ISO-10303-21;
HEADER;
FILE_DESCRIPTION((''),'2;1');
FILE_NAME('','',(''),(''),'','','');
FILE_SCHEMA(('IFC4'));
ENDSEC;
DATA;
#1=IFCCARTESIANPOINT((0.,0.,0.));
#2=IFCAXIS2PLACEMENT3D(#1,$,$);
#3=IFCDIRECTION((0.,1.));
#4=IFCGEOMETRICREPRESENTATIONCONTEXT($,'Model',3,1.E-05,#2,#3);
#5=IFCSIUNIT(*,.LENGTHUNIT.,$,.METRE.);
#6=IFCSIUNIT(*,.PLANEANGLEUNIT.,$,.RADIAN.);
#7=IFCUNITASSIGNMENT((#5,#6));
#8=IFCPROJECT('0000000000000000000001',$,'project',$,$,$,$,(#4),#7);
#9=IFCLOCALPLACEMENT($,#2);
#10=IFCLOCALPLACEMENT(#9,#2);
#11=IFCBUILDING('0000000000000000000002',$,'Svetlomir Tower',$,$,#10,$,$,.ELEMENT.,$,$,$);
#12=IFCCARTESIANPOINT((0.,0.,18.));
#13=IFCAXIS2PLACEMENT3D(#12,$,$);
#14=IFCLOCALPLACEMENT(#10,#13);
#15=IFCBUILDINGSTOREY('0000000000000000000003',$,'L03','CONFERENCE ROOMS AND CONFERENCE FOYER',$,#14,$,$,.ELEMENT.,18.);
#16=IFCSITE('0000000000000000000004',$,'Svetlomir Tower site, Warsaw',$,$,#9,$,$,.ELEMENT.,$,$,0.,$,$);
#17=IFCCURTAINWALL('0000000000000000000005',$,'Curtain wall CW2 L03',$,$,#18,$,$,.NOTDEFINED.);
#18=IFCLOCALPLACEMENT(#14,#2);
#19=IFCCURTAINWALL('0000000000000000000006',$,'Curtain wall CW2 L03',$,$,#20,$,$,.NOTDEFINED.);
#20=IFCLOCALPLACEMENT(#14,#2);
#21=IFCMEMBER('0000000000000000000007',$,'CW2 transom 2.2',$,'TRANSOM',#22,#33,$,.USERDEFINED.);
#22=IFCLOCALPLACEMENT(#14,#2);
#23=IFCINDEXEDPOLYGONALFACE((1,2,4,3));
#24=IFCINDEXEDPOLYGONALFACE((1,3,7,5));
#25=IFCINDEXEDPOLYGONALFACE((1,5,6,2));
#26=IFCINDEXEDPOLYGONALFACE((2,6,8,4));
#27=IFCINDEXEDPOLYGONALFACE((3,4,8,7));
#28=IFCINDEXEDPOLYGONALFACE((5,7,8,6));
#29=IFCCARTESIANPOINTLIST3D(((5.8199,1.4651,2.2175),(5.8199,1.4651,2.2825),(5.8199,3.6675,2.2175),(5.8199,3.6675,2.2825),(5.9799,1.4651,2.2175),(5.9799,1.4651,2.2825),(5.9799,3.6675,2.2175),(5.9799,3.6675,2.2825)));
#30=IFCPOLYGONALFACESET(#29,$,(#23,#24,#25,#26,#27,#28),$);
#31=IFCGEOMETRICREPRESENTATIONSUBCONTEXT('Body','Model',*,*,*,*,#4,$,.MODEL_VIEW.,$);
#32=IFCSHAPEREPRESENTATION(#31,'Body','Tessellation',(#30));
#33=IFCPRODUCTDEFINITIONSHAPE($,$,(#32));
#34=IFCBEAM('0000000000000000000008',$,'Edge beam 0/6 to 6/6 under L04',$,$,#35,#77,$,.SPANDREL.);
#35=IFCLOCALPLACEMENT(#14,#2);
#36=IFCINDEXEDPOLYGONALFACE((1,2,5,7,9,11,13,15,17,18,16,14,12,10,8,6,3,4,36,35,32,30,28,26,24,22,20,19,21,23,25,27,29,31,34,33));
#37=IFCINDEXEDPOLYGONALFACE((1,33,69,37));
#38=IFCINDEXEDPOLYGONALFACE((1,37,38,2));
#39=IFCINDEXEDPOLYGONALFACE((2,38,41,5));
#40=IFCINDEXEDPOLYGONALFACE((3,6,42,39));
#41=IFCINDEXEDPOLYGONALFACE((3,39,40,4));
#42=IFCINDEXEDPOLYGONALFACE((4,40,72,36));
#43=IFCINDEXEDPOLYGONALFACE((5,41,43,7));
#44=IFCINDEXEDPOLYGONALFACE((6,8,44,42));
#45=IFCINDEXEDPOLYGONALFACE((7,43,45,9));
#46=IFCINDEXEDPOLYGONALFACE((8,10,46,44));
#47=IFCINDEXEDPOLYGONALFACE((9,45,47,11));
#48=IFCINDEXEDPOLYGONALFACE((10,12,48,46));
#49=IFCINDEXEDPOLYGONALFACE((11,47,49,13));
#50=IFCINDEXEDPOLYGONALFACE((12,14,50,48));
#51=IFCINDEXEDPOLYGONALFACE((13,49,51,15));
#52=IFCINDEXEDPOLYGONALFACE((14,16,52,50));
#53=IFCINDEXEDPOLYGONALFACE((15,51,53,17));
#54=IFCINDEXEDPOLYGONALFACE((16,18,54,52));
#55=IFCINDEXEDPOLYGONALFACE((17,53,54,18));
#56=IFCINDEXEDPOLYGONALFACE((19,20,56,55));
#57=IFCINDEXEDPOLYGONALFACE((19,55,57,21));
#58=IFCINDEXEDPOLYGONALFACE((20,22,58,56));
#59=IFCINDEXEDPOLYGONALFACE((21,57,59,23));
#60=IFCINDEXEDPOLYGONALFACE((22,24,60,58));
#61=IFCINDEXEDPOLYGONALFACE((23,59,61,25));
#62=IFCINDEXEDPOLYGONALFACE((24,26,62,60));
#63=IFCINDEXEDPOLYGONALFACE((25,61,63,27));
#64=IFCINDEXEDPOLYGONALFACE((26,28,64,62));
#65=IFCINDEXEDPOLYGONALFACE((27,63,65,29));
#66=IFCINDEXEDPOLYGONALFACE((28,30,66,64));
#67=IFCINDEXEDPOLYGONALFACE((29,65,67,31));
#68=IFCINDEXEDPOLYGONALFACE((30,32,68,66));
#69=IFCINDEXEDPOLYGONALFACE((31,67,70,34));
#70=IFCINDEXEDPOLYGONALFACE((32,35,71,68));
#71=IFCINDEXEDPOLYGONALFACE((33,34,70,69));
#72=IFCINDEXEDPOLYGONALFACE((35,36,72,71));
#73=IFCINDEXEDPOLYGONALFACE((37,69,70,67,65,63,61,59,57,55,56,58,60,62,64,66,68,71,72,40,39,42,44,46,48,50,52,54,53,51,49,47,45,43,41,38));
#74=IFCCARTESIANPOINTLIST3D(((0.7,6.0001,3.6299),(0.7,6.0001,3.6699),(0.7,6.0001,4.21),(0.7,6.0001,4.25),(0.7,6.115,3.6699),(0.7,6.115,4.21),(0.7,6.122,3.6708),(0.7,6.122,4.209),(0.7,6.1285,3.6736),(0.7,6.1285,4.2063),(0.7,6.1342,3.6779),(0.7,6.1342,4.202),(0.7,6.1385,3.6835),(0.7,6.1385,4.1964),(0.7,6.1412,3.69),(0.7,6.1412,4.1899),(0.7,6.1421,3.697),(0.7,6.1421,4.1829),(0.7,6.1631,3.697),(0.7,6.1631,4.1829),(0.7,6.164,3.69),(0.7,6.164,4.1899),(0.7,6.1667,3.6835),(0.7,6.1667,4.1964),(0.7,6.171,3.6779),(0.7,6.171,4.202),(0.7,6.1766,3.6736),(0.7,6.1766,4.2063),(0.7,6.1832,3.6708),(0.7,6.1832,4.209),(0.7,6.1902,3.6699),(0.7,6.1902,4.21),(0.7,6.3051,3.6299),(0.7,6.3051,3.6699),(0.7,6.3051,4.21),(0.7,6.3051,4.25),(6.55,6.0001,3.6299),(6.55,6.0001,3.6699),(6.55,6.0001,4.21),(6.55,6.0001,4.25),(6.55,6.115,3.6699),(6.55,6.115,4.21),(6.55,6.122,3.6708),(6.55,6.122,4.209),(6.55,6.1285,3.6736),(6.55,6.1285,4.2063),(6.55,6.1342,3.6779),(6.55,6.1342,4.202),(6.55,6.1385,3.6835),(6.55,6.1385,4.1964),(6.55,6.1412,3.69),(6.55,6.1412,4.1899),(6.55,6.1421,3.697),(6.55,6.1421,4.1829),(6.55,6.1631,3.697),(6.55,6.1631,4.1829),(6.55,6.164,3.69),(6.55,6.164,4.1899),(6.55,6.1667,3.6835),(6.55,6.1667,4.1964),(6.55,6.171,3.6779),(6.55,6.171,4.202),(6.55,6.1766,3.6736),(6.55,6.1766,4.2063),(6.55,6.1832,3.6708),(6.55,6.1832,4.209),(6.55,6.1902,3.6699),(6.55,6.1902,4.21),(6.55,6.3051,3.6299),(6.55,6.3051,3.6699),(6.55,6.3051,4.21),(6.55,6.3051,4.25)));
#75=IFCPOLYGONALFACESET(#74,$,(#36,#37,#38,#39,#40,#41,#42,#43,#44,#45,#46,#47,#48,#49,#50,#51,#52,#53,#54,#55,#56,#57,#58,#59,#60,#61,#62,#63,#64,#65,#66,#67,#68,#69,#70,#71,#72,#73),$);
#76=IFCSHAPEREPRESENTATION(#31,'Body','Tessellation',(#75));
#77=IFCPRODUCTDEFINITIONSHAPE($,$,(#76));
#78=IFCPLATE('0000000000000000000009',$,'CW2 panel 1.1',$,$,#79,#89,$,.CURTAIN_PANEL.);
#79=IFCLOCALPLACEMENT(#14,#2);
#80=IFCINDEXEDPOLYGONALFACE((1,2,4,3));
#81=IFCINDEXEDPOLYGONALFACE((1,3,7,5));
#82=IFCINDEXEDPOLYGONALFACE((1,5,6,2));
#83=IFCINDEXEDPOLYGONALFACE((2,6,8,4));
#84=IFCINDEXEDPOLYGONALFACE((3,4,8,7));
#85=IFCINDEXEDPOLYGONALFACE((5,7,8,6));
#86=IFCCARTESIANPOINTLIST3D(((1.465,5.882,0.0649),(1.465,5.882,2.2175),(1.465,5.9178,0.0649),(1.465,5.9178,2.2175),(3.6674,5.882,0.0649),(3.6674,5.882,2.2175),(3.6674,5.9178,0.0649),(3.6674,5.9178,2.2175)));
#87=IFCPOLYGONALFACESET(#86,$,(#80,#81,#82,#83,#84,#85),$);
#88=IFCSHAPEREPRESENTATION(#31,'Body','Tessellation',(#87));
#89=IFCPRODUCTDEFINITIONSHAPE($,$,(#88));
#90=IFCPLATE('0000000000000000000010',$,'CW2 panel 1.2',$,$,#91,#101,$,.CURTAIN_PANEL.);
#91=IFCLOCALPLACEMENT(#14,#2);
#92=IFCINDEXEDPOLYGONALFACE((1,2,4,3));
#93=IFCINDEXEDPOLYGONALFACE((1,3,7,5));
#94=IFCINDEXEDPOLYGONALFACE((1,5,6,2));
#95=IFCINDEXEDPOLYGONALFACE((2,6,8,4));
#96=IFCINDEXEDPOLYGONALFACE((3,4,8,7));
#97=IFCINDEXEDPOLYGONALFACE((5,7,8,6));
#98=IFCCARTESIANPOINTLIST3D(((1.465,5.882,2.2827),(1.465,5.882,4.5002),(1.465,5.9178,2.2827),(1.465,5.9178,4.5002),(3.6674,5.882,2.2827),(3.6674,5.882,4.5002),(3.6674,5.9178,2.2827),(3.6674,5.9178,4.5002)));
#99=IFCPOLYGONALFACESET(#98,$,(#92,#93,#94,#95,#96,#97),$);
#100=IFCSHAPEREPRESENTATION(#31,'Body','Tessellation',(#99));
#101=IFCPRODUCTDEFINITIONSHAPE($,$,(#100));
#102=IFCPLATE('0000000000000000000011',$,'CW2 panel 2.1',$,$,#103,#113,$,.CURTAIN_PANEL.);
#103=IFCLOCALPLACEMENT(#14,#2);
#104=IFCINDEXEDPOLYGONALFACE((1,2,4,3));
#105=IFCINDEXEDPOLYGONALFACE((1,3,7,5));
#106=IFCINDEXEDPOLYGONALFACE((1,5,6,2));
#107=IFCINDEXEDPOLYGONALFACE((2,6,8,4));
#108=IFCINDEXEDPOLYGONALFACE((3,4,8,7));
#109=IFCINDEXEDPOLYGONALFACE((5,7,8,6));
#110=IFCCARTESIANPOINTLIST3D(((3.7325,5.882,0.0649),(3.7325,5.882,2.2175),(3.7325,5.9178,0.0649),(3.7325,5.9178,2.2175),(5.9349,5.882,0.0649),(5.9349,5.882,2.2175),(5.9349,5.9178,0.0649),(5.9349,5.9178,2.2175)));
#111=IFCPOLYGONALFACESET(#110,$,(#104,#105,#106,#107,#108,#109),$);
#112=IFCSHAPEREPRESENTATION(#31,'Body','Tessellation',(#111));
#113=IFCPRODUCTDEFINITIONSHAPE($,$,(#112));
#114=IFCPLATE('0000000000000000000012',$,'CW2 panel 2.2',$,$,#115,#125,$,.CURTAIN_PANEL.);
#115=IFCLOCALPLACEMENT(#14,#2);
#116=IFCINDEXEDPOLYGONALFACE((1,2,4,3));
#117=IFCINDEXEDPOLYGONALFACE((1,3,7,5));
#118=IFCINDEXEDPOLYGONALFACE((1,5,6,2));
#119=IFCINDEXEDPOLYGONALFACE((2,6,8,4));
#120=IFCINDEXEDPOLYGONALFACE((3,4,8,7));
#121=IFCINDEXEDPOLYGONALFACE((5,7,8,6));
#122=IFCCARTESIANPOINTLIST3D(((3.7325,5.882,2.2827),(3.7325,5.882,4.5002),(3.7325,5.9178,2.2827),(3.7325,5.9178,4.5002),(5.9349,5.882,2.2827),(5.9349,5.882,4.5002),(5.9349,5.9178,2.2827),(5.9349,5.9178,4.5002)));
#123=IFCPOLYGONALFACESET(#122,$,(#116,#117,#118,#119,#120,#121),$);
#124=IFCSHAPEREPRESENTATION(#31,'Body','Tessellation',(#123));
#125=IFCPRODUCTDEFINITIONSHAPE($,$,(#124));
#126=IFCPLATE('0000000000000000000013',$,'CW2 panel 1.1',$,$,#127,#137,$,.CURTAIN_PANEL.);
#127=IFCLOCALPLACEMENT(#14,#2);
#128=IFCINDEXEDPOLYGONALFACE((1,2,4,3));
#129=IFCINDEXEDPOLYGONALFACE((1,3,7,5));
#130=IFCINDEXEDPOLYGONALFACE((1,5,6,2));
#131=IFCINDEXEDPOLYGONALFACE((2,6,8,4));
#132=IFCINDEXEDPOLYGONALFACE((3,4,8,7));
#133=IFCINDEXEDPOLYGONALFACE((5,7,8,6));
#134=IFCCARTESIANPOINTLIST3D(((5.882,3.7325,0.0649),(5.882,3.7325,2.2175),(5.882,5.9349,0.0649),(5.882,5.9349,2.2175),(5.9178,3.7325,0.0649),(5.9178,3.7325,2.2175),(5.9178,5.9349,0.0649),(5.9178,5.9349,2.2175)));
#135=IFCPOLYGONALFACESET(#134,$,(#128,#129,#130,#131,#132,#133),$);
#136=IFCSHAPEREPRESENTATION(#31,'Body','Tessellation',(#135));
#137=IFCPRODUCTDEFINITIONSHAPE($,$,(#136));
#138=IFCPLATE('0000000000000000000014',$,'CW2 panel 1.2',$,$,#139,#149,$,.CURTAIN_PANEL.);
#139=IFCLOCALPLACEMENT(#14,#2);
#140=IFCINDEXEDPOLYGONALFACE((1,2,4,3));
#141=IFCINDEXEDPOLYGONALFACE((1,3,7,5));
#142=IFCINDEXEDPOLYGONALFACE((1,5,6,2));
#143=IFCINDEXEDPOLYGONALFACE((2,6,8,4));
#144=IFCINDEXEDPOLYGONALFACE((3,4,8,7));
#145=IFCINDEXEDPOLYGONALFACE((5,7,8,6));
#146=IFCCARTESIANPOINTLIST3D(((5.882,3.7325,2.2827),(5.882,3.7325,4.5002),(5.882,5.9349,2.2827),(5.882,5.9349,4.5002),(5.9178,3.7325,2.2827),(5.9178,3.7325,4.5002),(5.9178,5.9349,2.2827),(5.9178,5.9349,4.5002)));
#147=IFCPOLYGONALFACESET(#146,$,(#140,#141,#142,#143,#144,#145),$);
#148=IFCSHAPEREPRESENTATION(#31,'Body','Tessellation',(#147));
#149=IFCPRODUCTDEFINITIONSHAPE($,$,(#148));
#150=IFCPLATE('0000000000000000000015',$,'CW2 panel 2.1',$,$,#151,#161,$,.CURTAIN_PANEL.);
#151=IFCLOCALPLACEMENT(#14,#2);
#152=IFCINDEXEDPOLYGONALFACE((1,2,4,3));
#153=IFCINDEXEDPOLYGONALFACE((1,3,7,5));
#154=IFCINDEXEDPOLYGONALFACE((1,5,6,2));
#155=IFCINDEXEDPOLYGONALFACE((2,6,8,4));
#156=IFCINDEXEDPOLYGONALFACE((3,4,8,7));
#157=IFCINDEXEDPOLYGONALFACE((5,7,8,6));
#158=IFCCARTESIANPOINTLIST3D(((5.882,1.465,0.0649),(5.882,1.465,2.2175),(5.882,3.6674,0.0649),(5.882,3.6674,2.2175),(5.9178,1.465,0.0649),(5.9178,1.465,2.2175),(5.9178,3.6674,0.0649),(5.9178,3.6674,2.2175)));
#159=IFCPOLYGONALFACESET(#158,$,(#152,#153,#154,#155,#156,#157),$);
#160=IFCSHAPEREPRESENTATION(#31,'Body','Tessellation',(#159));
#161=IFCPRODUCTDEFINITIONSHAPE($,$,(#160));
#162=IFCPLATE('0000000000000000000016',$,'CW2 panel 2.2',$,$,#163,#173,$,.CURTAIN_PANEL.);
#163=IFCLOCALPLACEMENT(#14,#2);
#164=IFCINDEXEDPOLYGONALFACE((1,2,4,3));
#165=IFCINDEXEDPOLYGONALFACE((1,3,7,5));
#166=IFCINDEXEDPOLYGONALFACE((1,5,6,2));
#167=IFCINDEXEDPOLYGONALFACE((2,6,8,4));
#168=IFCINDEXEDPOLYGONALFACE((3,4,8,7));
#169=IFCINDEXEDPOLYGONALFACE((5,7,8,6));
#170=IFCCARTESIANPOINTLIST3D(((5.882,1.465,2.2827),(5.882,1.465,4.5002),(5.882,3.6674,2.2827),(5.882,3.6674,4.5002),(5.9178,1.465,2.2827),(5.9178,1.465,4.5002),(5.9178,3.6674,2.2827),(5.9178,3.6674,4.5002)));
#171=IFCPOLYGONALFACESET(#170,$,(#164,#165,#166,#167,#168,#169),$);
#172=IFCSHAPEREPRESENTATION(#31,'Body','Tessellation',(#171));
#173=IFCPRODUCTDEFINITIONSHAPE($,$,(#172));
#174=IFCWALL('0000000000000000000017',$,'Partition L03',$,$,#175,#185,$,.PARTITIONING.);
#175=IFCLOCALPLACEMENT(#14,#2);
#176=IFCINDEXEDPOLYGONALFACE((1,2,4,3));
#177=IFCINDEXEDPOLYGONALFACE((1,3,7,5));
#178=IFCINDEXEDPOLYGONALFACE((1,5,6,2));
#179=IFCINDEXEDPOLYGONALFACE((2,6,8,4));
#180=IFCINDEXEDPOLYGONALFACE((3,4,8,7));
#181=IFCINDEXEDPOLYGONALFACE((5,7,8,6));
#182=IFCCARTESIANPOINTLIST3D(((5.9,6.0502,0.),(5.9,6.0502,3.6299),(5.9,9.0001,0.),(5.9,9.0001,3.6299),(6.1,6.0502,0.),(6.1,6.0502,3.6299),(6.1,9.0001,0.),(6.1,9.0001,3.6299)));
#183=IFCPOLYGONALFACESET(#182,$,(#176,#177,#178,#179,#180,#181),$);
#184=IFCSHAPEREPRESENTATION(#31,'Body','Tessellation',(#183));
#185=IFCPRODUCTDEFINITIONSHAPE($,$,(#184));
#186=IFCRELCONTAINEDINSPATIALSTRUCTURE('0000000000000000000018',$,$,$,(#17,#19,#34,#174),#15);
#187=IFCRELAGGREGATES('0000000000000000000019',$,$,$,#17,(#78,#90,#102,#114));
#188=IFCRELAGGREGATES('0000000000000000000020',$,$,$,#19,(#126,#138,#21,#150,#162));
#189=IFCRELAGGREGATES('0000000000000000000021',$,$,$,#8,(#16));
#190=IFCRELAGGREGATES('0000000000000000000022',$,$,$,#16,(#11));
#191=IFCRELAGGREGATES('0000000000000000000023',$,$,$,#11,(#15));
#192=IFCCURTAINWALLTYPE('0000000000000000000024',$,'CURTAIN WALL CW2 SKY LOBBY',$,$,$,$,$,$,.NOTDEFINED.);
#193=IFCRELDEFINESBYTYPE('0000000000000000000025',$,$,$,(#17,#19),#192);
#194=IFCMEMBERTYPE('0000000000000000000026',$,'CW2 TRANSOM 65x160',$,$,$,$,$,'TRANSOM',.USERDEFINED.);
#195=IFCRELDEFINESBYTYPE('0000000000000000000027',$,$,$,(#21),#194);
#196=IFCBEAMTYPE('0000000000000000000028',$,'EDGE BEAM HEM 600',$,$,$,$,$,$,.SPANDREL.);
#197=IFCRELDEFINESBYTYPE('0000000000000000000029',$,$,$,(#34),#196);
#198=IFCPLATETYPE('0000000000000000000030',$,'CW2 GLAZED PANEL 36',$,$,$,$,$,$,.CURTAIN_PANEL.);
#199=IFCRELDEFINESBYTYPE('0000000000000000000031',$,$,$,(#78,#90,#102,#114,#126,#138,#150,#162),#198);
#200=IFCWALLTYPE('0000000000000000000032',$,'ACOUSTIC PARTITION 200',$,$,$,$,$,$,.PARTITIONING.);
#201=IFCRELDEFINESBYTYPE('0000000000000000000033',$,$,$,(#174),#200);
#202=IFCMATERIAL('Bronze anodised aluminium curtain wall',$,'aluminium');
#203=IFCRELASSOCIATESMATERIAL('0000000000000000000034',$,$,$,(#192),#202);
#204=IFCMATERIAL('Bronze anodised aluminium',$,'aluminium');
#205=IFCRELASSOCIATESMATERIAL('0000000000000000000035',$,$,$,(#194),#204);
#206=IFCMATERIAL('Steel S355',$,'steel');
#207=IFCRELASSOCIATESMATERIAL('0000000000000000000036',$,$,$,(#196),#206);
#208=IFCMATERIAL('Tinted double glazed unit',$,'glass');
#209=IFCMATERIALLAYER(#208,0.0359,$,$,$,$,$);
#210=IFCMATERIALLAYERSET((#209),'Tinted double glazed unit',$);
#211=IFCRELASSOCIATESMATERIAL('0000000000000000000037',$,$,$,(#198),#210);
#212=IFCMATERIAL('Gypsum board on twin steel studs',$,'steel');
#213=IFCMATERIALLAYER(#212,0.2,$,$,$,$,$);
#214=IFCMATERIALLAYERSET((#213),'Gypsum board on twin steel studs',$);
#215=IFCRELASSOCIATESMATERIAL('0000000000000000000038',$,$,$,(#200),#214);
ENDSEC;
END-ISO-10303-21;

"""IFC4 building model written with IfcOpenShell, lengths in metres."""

from ifc_helpers import new_model, si_unit, direction, frame, frame_2d, origin, origin_2d, place, context, subcontext, project, spatial, rectangle, i_section, extrude, material, layer, layer_set, material_profile, profile_set, type_object, element, aggregate, save


model = new_model("IFC4")

# Units and contexts
model_context = context("Model", 3, precision=1e-05, world=origin(), true_north=direction((0.0, 1.0)))
body_context = subcontext(model_context, "Body", "Model", "MODEL_VIEW")
ifc_project = project(units=[si_unit("LENGTHUNIT", "METRE"), si_unit("PLANEANGLEUNIT", "RADIAN")], contexts=[model_context])

# Site, building, storey
site_placement = place(None, origin())
site = spatial("IfcSite", under=ifc_project, at=site_placement, Name="Svetlomir Tower site, Warsaw", CompositionType="ELEMENT", RefElevation=0.0)
building_placement = place(site_placement, origin())
building = spatial("IfcBuilding", under=site, at=building_placement, Name="Svetlomir Tower", CompositionType="ELEMENT")
storey_placement = place(building_placement, frame((0.0, 0.0, 18.0)))
storey = spatial("IfcBuildingStorey", under=building, at=storey_placement, Name="L03", Description="CONFERENCE ROOMS AND CONFERENCE FOYER", CompositionType="ELEMENT", Elevation=18.0)

# Curtain walls
ifc_material_1 = material(Name="Bronze anodised aluminium curtain wall", Category="aluminium")
curtain_wall_type = type_object("IfcCurtainWallType", Name="CURTAIN WALL CW2 SKY LOBBY", PredefinedType="NOTDEFINED", material=ifc_material_1)
curtain_wall_1_placement = place(storey_placement, origin())
curtain_wall_1 = element("IfcCurtainWall", 1, at=curtain_wall_1_placement, inside=storey, type_object=curtain_wall_type, Name="Curtain wall CW2 L03", PredefinedType="NOTDEFINED")
curtain_wall_2_placement = place(storey_placement, origin())
curtain_wall_2 = element("IfcCurtainWall", 2, at=curtain_wall_2_placement, inside=storey, type_object=curtain_wall_type, Name="Curtain wall CW2 L03", PredefinedType="NOTDEFINED")

# Member
ifc_material_2 = material(Name="Bronze anodised aluminium", Category="aluminium")
ifc_material_profile_1 = material_profile(ifc_material_2, rectangle(XDim=0.1599, YDim=0.0649, at=origin_2d()), Name="AL 160x65")
ifc_profile_set_1 = profile_set([ifc_material_profile_1], Name="Bronze anodised aluminium 6063-T6")
member_type_1 = type_object("IfcMemberType", Name="CW2 TRANSOM 65x160", ElementType="TRANSOM", PredefinedType="USERDEFINED", material=ifc_profile_set_1)
member_1_placement = place(storey_placement, frame((5.8999, 3.6675, 2.25), z_axis=(0.0, -1.0, 0.0), x_axis=(1.0, 0.0, 0.0)))
member_1 = element("IfcMember", 3, at=member_1_placement, type_object=member_type_1, Name="CW2 transom 2.2", ObjectType="TRANSOM", PredefinedType="USERDEFINED", context=body_context, shape_type="SweptSolid", body=[
    extrude(rectangle(XDim=0.1599, YDim=0.0649, at=origin_2d()), origin(), (0.0, 0.0, 1.0), 2.2024),
])

# Beam
ifc_material_3 = material(Name="Steel S355", Category="steel")
ifc_material_profile_2 = material_profile(ifc_material_3, i_section(OverallWidth=0.3049, OverallDepth=0.6201, WebThickness=0.021, FlangeThickness=0.04, FilletRadius=0.0271, at=origin_2d()), Name="HEM 600")
ifc_profile_set_2 = profile_set([ifc_material_profile_2], Name="Steel S355")
beam_type = type_object("IfcBeamType", Name="EDGE BEAM HEM 600", PredefinedType="SPANDREL", material=ifc_profile_set_2)
beam_placement = place(storey_placement, frame((0.7, 6.1526, 3.9399), z_axis=(1.0, 0.0, 0.0), x_axis=(0.0, 1.0, 0.0)))
element("IfcBeam", 4, at=beam_placement, inside=storey, type_object=beam_type, Name="Edge beam 0/6 to 6/6 under L04", PredefinedType="SPANDREL", context=body_context, shape_type="SweptSolid", body=[
    extrude(i_section(OverallWidth=0.3049, OverallDepth=0.6201, WebThickness=0.021, FlangeThickness=0.04, FilletRadius=0.0271, at=origin_2d()), origin(), (0.0, 0.0, 1.0), 5.8501),
])

# Plates
ifc_material_4 = material(Name="Tinted double glazed unit", Category="glass")
ifc_layer_1 = layer(ifc_material_4, 0.0359)
ifc_layer_set_1 = layer_set([ifc_layer_1], Name="Tinted double glazed unit")
plate_type = type_object("IfcPlateType", Name="CW2 GLAZED PANEL 36", PredefinedType="CURTAIN_PANEL", material=ifc_layer_set_1)
plate_1_placement = place(storey_placement, frame((2.5662, 5.8999, 0.0649), z_axis=(0.0, 0.0, 1.0), x_axis=(1.0, 0.0, 0.0)))
plate_1 = element("IfcPlate", 5, at=plate_1_placement, type_object=plate_type, Name="CW2 panel 1.1", PredefinedType="CURTAIN_PANEL", context=body_context, shape_type="SweptSolid", body=[
    extrude(rectangle(XDim=2.2024, YDim=0.0359, at=origin_2d()), origin(), (0.0, 0.0, 1.0), 2.1526),
])
plate_2_placement = place(storey_placement, frame((2.5662, 5.8999, 2.2827), z_axis=(0.0, 0.0, 1.0), x_axis=(1.0, 0.0, 0.0)))
plate_2 = element("IfcPlate", 6, at=plate_2_placement, type_object=plate_type, Name="CW2 panel 1.2", PredefinedType="CURTAIN_PANEL", context=body_context, shape_type="SweptSolid", body=[
    extrude(rectangle(XDim=2.2024, YDim=0.0359, at=origin_2d()), origin(), (0.0, 0.0, 1.0), 2.2175),
])
plate_3_placement = place(storey_placement, frame((4.8337, 5.8999, 0.0649), z_axis=(0.0, 0.0, 1.0), x_axis=(1.0, 0.0, 0.0)))
plate_3 = element("IfcPlate", 7, at=plate_3_placement, type_object=plate_type, Name="CW2 panel 2.1", PredefinedType="CURTAIN_PANEL", context=body_context, shape_type="SweptSolid", body=[
    extrude(rectangle(XDim=2.2024, YDim=0.0359, at=origin_2d()), origin(), (0.0, 0.0, 1.0), 2.1526),
])
plate_4_placement = place(storey_placement, frame((4.8337, 5.8999, 2.2827), z_axis=(0.0, 0.0, 1.0), x_axis=(1.0, 0.0, 0.0)))
plate_4 = element("IfcPlate", 8, at=plate_4_placement, type_object=plate_type, Name="CW2 panel 2.2", PredefinedType="CURTAIN_PANEL", context=body_context, shape_type="SweptSolid", body=[
    extrude(rectangle(XDim=2.2024, YDim=0.0359, at=origin_2d()), origin(), (0.0, 0.0, 1.0), 2.2175),
])
aggregate(curtain_wall_1, [plate_1, plate_2, plate_3, plate_4])
plate_5_placement = place(storey_placement, frame((5.8999, 4.8337, 0.0649), z_axis=(0.0, 0.0, 1.0), x_axis=(0.0, -1.0, 0.0)))
plate_5 = element("IfcPlate", 9, at=plate_5_placement, type_object=plate_type, Name="CW2 panel 1.1", PredefinedType="CURTAIN_PANEL", context=body_context, shape_type="SweptSolid", body=[
    extrude(rectangle(XDim=2.2024, YDim=0.0359, at=origin_2d()), origin(), (0.0, 0.0, 1.0), 2.1526),
])
plate_6_placement = place(storey_placement, frame((5.8999, 4.8337, 2.2827), z_axis=(0.0, 0.0, 1.0), x_axis=(0.0, -1.0, 0.0)))
plate_6 = element("IfcPlate", 10, at=plate_6_placement, type_object=plate_type, Name="CW2 panel 1.2", PredefinedType="CURTAIN_PANEL", context=body_context, shape_type="SweptSolid", body=[
    extrude(rectangle(XDim=2.2024, YDim=0.0359, at=origin_2d()), origin(), (0.0, 0.0, 1.0), 2.2175),
])
plate_7_placement = place(storey_placement, frame((5.8999, 2.5662, 0.0649), z_axis=(0.0, 0.0, 1.0), x_axis=(0.0, -1.0, 0.0)))
plate_7 = element("IfcPlate", 11, at=plate_7_placement, type_object=plate_type, Name="CW2 panel 2.1", PredefinedType="CURTAIN_PANEL", context=body_context, shape_type="SweptSolid", body=[
    extrude(rectangle(XDim=2.2024, YDim=0.0359, at=origin_2d()), origin(), (0.0, 0.0, 1.0), 2.1526),
])
plate_8_placement = place(storey_placement, frame((5.8999, 2.5662, 2.2827), z_axis=(0.0, 0.0, 1.0), x_axis=(0.0, -1.0, 0.0)))
plate_8 = element("IfcPlate", 12, at=plate_8_placement, type_object=plate_type, Name="CW2 panel 2.2", PredefinedType="CURTAIN_PANEL", context=body_context, shape_type="SweptSolid", body=[
    extrude(rectangle(XDim=2.2024, YDim=0.0359, at=origin_2d()), origin(), (0.0, 0.0, 1.0), 2.2175),
])
aggregate(curtain_wall_2, [plate_5, plate_6, member_1, plate_7, plate_8])

# Wall
ifc_material_5 = material(Name="Gypsum board on twin steel studs", Category="steel")
ifc_layer_2 = layer(ifc_material_5, 0.2)
ifc_layer_set_2 = layer_set([ifc_layer_2], Name="Gypsum board on twin steel studs")
wall_type_1 = type_object("IfcWallType", Name="ACOUSTIC PARTITION 200", PredefinedType="PARTITIONING", material=ifc_layer_set_2)
wall_1_placement = place(storey_placement, frame((6.0, 6.05, 0.0), z_axis=(0.0, 0.0, 1.0), x_axis=(0.0, 1.0, 0.0)))
element("IfcWall", 13, at=wall_1_placement, inside=storey, type_object=wall_type_1, Name="Partition L03", PredefinedType="PARTITIONING", context=body_context, shape_type="SweptSolid", body=[
    extrude(rectangle(XDim=2.95, YDim=0.2, at=frame_2d((1.4751, 0.0))), origin(), (0.0, 0.0, 1.0), 3.6299),
])

save(model, "model.ifc")
